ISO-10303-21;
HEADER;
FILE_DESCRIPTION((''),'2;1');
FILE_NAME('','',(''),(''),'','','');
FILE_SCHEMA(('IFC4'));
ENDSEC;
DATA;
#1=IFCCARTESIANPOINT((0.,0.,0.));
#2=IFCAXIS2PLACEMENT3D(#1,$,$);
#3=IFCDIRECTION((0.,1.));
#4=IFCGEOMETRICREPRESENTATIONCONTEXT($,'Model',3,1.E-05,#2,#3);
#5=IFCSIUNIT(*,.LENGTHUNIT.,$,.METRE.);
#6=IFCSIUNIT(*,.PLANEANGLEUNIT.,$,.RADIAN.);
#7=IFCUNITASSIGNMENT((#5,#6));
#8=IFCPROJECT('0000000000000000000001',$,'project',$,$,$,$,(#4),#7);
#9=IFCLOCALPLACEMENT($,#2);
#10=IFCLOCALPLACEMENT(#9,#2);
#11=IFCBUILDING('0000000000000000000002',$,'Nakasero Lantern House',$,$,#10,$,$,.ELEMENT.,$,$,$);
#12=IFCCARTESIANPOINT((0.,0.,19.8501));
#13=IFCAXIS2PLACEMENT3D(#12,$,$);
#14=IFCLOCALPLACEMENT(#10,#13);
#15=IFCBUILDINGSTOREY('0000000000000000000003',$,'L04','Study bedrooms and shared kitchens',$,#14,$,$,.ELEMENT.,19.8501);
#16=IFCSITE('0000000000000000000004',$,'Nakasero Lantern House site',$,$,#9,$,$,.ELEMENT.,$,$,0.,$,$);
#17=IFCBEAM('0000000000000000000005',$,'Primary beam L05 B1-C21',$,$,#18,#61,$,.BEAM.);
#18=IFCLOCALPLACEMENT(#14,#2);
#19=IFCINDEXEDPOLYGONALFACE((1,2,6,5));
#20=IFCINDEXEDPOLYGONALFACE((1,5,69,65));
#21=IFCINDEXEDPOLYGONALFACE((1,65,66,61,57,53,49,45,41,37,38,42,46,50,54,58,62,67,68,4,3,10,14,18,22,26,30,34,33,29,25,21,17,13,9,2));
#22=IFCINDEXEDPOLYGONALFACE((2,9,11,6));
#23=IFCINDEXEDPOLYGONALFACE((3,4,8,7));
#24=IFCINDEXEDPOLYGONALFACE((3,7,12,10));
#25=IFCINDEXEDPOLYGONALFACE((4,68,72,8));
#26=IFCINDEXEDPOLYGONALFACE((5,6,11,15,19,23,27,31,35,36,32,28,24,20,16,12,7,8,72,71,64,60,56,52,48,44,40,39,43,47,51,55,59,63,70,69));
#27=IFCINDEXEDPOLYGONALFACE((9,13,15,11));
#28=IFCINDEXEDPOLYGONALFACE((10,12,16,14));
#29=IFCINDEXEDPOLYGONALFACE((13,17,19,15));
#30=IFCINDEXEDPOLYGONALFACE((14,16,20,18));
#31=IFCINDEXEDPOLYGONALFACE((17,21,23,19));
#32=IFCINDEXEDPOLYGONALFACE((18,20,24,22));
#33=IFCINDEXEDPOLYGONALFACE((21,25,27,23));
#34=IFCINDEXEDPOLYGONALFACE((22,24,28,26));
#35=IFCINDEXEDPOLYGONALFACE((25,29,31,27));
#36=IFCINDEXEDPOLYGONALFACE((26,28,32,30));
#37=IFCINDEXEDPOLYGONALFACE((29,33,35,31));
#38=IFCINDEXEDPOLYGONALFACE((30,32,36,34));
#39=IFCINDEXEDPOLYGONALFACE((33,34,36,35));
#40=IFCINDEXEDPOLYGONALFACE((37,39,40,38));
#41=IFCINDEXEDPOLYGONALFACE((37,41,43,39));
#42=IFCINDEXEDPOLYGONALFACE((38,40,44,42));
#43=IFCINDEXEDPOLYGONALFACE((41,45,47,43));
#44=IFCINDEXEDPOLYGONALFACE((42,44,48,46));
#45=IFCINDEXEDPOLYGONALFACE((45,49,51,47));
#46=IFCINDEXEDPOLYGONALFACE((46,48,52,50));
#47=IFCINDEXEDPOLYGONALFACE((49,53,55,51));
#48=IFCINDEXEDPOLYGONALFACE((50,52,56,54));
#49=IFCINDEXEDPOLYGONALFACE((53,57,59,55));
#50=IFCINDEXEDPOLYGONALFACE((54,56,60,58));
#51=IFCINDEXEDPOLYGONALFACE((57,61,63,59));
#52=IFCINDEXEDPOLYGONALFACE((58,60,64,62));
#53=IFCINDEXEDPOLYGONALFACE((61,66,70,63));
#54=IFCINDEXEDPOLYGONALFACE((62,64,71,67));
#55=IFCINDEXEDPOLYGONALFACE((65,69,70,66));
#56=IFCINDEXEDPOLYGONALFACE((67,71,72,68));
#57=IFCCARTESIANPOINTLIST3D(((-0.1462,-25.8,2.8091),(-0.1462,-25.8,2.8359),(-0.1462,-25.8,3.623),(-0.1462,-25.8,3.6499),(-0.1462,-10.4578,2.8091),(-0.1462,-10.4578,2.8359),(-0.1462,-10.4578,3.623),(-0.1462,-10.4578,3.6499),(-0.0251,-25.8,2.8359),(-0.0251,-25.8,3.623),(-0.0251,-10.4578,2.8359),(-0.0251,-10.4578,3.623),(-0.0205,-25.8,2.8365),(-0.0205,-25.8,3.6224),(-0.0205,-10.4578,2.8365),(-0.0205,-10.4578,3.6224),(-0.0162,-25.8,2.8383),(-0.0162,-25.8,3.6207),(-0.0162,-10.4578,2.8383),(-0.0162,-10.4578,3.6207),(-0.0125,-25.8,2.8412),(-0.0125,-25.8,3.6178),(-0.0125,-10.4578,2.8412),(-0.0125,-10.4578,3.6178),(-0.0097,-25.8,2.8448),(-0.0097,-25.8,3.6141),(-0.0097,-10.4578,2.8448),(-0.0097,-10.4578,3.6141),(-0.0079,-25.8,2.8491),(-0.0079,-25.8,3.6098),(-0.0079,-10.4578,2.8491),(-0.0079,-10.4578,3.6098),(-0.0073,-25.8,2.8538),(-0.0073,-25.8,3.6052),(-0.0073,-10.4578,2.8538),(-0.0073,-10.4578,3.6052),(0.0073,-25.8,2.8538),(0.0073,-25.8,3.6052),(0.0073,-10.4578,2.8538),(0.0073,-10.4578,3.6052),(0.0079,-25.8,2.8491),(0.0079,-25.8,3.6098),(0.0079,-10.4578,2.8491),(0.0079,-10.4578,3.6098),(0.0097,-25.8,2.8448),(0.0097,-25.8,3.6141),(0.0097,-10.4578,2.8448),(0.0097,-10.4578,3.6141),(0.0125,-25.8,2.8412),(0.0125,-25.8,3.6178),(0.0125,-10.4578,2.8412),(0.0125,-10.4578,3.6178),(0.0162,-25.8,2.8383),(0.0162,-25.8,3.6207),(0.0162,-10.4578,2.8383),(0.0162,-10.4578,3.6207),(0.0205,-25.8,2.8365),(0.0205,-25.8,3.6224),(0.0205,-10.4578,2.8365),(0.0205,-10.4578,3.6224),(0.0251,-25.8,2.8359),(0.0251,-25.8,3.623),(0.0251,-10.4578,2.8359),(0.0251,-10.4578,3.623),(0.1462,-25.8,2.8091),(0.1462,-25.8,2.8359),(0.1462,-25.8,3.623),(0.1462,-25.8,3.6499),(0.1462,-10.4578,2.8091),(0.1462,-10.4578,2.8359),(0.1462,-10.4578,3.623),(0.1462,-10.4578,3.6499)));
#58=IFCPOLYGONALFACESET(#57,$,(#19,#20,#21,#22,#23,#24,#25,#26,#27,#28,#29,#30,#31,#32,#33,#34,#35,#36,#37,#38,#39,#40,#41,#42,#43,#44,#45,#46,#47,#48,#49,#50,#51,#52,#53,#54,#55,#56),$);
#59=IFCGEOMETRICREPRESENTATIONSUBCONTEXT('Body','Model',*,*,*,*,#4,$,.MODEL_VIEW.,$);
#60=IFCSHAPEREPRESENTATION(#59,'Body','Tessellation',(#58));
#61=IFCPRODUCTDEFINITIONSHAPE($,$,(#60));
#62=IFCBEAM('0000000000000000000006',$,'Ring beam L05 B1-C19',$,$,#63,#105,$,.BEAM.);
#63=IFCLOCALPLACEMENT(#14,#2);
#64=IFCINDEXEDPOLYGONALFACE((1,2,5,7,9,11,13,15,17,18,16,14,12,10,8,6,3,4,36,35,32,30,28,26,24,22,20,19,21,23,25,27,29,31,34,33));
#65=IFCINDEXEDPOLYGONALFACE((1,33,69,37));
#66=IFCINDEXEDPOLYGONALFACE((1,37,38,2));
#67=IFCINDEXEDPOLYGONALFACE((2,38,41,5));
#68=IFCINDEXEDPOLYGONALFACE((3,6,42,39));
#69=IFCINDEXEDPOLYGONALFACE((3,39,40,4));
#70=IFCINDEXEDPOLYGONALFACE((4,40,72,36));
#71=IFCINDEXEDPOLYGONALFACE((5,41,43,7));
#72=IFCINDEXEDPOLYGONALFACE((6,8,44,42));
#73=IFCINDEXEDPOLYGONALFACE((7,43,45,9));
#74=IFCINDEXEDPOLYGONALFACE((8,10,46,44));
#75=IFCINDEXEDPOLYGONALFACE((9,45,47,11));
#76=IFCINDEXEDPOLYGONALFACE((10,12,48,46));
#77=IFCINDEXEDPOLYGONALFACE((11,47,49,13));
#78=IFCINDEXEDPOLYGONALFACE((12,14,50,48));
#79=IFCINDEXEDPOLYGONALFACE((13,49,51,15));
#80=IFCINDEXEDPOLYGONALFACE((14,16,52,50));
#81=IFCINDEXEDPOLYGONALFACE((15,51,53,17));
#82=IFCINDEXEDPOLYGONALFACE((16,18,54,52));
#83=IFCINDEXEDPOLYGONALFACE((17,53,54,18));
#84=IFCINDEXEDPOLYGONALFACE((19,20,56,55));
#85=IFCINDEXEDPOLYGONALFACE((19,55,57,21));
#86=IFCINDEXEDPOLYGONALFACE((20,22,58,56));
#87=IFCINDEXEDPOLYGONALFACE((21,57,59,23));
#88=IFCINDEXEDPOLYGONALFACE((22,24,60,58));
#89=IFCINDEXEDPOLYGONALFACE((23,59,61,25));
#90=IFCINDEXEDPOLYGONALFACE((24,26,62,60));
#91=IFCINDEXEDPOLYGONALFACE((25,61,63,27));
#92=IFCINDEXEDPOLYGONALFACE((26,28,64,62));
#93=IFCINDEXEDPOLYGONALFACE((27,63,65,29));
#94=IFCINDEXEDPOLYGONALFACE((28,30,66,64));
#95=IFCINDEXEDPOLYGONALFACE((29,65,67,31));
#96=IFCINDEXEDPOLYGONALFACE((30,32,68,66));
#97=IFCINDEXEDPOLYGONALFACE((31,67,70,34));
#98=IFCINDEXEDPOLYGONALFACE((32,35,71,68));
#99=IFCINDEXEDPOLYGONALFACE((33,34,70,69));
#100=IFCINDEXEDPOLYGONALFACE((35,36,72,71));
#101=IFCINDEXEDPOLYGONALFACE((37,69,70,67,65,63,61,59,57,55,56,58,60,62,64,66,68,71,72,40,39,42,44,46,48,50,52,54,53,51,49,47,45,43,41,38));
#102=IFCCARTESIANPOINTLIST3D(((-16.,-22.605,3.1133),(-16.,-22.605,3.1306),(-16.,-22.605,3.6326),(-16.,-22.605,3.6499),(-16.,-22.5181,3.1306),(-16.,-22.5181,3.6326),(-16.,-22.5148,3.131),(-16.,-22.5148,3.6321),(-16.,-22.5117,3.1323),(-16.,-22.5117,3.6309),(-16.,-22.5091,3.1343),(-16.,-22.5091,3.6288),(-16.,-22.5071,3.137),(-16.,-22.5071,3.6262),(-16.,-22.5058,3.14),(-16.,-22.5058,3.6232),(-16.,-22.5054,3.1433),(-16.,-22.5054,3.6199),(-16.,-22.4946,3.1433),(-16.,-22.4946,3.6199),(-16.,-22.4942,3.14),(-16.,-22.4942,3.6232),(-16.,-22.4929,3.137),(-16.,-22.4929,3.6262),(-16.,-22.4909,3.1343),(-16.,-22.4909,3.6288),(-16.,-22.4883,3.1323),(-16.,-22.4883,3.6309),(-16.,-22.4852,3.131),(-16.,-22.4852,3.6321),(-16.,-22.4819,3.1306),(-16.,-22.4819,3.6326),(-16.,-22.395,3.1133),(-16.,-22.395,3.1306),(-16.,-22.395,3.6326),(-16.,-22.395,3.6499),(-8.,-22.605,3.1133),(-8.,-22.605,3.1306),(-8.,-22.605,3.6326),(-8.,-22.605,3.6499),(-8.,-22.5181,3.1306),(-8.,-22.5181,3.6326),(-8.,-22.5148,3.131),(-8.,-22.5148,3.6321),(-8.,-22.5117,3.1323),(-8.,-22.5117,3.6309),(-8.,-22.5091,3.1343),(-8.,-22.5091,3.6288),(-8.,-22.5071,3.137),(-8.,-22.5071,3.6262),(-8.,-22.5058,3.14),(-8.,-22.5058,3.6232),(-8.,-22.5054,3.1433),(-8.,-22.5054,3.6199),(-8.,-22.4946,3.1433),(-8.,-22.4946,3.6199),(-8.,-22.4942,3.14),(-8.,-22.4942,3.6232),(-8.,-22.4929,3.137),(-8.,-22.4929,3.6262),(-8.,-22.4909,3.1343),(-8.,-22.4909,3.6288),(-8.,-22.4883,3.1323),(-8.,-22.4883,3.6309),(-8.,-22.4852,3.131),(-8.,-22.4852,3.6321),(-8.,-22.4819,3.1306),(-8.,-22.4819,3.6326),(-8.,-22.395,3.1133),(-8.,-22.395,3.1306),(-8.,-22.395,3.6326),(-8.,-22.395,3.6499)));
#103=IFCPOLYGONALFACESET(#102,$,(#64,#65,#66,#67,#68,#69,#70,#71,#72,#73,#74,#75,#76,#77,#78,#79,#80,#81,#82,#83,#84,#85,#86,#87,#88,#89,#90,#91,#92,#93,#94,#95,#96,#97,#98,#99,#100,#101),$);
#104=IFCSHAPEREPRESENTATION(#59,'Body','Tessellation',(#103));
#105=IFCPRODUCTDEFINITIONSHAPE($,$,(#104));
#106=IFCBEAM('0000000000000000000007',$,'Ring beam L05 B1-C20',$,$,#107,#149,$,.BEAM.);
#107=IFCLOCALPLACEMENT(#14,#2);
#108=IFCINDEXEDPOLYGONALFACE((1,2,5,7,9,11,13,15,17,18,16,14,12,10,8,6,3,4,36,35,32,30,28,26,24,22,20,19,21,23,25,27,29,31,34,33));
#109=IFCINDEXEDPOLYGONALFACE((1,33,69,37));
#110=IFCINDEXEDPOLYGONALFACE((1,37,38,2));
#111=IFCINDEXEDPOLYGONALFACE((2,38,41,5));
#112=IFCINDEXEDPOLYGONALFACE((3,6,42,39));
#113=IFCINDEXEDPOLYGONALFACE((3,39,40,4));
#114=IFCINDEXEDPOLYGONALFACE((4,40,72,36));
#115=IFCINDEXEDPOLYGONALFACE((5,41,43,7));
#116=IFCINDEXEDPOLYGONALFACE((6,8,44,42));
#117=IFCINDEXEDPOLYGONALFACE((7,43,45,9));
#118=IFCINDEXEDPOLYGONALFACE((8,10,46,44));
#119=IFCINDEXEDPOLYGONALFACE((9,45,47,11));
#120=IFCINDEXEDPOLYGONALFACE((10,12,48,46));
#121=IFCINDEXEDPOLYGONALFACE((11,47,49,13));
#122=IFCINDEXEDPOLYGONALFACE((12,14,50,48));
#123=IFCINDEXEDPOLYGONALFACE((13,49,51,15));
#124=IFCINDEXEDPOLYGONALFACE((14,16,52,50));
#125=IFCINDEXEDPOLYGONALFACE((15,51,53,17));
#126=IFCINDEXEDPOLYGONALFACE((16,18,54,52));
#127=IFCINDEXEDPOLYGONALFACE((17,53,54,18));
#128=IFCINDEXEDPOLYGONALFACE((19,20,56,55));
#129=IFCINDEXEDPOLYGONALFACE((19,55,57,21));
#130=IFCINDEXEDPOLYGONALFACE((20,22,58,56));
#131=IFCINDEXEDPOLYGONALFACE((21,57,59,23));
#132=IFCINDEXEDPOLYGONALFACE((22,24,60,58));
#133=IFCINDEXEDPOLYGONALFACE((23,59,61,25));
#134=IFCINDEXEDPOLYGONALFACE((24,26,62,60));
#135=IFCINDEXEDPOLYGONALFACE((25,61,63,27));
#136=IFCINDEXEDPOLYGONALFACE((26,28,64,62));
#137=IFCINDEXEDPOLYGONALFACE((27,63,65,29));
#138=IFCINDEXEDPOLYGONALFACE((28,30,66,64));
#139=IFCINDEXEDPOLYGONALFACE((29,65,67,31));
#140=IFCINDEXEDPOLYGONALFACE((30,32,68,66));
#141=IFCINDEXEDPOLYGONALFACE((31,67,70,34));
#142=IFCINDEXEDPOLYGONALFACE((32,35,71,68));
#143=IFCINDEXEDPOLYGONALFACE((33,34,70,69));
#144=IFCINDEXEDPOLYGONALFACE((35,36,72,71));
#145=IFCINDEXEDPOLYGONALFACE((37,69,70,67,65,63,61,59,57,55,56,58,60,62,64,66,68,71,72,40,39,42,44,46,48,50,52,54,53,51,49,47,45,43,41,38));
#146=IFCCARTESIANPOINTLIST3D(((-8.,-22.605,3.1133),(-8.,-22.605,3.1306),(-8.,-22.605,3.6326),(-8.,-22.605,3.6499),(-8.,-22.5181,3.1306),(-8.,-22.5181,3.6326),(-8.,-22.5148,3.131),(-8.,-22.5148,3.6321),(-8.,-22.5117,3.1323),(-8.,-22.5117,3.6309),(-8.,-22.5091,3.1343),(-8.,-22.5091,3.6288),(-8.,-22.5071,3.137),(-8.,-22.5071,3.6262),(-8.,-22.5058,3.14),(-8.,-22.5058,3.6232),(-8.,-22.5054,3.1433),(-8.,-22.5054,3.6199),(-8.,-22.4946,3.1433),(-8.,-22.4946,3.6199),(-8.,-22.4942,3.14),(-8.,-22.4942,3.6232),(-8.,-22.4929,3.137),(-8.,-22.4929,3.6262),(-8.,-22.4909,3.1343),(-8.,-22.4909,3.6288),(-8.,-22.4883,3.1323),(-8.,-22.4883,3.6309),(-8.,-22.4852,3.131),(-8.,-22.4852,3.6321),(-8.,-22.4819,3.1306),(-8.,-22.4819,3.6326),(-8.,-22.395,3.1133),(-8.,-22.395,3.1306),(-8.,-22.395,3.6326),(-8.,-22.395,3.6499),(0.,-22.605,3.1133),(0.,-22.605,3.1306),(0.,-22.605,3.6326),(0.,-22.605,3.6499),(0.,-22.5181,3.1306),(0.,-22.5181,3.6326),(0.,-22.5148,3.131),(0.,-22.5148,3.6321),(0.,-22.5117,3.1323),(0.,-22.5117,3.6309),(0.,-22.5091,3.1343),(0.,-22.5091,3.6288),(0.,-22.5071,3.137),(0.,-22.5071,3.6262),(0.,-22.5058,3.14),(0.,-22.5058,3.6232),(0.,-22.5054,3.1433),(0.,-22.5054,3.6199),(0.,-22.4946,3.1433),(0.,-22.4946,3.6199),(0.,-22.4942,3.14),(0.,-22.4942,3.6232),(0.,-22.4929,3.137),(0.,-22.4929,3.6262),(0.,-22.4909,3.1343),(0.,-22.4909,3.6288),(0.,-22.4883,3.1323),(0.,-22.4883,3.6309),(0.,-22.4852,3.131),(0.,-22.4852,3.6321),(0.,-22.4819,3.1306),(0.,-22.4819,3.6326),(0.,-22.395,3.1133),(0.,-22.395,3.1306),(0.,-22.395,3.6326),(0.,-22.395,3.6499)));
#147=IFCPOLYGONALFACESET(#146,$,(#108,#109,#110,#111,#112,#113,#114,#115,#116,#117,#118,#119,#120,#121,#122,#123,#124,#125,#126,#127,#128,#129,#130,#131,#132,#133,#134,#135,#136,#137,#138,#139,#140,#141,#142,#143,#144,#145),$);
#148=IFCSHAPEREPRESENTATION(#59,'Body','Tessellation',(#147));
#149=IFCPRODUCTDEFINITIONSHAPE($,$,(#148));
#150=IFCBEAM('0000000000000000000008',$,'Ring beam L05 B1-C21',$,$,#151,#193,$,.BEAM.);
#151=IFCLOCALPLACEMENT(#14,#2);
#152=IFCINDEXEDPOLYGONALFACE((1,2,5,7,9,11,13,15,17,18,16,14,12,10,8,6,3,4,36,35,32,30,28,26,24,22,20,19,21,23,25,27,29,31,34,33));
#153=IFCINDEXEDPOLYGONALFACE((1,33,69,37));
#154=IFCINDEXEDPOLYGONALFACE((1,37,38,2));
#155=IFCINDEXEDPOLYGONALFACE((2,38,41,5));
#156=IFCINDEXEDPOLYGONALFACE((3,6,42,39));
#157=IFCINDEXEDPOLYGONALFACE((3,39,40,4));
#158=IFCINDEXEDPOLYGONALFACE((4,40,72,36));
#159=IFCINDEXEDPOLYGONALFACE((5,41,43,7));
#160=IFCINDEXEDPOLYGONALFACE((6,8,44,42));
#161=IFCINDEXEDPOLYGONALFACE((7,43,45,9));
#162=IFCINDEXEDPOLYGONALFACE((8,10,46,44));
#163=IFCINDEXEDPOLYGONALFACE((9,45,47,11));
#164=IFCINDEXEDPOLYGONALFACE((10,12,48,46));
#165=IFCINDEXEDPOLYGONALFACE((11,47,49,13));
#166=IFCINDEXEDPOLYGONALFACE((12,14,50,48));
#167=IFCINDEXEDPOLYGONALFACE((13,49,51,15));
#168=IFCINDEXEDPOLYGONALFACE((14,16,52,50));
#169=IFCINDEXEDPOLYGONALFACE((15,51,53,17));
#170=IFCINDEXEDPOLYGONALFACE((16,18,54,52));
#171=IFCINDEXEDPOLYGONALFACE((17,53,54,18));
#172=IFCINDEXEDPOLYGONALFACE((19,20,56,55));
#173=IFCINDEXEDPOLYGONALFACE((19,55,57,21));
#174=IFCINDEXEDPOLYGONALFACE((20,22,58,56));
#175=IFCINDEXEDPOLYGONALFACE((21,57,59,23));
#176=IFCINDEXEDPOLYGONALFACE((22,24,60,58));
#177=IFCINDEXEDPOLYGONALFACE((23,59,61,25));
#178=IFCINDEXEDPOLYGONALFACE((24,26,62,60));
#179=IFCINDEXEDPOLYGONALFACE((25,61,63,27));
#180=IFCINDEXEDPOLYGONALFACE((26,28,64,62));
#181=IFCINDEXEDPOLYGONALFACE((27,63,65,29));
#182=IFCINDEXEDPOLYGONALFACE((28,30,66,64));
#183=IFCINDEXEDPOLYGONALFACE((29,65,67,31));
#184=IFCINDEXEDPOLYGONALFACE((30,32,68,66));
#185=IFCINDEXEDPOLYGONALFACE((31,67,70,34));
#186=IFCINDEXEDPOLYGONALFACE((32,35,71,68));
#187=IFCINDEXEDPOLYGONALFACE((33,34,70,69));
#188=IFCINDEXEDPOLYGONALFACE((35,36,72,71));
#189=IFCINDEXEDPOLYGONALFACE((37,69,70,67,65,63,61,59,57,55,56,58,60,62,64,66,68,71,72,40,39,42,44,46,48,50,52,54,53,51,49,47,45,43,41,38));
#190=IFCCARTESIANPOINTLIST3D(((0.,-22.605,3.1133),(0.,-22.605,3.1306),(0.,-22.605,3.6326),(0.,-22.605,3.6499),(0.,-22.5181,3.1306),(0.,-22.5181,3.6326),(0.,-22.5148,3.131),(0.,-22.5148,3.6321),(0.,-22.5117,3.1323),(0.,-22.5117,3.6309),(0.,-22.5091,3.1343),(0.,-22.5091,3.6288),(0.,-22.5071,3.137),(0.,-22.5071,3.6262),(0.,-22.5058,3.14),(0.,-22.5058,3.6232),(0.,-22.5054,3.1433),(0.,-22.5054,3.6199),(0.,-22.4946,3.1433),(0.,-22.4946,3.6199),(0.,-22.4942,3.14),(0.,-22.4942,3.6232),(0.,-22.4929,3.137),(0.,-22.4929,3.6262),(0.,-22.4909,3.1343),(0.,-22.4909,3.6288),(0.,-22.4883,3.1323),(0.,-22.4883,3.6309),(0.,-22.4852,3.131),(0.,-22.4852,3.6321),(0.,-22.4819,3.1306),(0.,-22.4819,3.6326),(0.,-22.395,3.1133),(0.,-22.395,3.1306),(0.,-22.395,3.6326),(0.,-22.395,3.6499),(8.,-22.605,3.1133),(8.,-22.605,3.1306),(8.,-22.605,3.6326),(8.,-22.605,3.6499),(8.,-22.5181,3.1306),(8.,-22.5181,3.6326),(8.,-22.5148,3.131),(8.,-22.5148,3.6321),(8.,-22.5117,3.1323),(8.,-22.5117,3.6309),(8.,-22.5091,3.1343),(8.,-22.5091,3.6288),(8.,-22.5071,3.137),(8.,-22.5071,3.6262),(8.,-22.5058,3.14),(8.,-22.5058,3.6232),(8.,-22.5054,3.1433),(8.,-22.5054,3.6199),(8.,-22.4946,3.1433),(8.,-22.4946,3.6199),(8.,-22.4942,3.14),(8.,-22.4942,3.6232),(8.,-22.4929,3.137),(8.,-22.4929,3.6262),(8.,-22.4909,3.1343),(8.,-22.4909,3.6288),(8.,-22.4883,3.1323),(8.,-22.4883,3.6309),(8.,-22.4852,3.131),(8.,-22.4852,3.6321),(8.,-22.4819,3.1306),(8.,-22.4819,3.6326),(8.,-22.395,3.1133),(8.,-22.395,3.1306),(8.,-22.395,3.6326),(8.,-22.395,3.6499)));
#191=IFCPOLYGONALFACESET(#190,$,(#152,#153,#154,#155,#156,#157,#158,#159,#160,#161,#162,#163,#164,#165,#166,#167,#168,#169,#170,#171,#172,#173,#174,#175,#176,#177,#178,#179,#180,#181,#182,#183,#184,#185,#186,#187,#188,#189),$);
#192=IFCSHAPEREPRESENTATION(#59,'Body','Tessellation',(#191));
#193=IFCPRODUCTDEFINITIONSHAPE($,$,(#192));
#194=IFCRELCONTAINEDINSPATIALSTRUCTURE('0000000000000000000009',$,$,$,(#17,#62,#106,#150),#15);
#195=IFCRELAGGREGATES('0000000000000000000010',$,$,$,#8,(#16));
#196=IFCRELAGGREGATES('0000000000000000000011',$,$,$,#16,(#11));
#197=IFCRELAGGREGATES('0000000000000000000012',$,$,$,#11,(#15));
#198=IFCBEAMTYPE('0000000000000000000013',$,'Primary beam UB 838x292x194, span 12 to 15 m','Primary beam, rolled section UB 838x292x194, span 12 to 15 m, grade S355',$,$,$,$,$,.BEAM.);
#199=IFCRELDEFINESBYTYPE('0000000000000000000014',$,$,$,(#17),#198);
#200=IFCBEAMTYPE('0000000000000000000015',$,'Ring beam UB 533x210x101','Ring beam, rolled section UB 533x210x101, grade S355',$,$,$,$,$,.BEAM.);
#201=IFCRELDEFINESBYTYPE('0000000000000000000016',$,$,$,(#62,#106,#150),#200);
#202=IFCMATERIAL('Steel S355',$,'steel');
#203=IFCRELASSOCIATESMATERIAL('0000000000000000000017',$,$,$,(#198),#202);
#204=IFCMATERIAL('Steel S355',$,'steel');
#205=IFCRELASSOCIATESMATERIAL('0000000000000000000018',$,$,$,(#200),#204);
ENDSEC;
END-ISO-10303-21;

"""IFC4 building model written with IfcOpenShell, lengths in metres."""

from ifc_helpers import new_model, si_unit, direction, frame, origin, origin_2d, place, context, subcontext, project, spatial, i_section, extrude, material, material_profile, profile_set, type_object, element, save


model = new_model("IFC4")

# Units and contexts
model_context = context("Model", 3, precision=1e-05, world=origin(), true_north=direction((0.0, 1.0)))
body_context = subcontext(model_context, "Body", "Model", "MODEL_VIEW")
ifc_project = project(units=[si_unit("LENGTHUNIT", "METRE"), si_unit("PLANEANGLEUNIT", "RADIAN")], contexts=[model_context])

# Site, building, storey
site_placement = place(None, origin())
site = spatial("IfcSite", under=ifc_project, at=site_placement, Name="Nakasero Lantern House site", CompositionType="ELEMENT", RefElevation=0.0)
building_placement = place(site_placement, origin())
building = spatial("IfcBuilding", under=site, at=building_placement, Name="Nakasero Lantern House", CompositionType="ELEMENT")
storey_placement = place(building_placement, frame((0.0, 0.0, 19.8501)))
storey = spatial("IfcBuildingStorey", under=building, at=storey_placement, Name="L04", Description="Study bedrooms and shared kitchens", CompositionType="ELEMENT", Elevation=19.8501)

# Beams
ifc_material_1 = material(Name="Steel S355", Category="steel")
ifc_material_profile_1 = material_profile(ifc_material_1, i_section(OverallWidth=0.2925, OverallDepth=0.8408, WebThickness=0.0146, FlangeThickness=0.0269, FilletRadius=0.0178, at=origin_2d()), Name="UB 838x292x194")
ifc_profile_set_1 = profile_set([ifc_material_profile_1], Name="Steel S355")
beam_type_1 = type_object("IfcBeamType", Name="Primary beam UB 838x292x194, span 12 to 15 m", Description="Primary beam, rolled section UB 838x292x194, span 12 to 15 m, grade S355", PredefinedType="BEAM", material=ifc_profile_set_1)
beam_1_placement = place(storey_placement, frame((0.0, -25.8, 3.2295), z_axis=(0.0, 1.0, 0.0), x_axis=(-1.0, 0.0, 0.0)))
element("IfcBeam", 1, at=beam_1_placement, inside=storey, type_object=beam_type_1, Name="Primary beam L05 B1-C21", PredefinedType="BEAM", context=body_context, shape_type="SweptSolid", body=[
    extrude(i_section(OverallWidth=0.2925, OverallDepth=0.8408, WebThickness=0.0146, FlangeThickness=0.0269, FilletRadius=0.0178, at=origin_2d()), origin(), (0.0, 0.0, 1.0), 15.3423),
])
ifc_material_2 = material(Name="Steel S355", Category="steel")
ifc_material_profile_2 = material_profile(ifc_material_2, i_section(OverallWidth=0.21, OverallDepth=0.5366, WebThickness=0.0107, FlangeThickness=0.0173, FilletRadius=0.0127, at=origin_2d()), Name="UB 533x210x101")
ifc_profile_set_2 = profile_set([ifc_material_profile_2], Name="Steel S355")
beam_type_2 = type_object("IfcBeamType", Name="Ring beam UB 533x210x101", Description="Ring beam, rolled section UB 533x210x101, grade S355", PredefinedType="BEAM", material=ifc_profile_set_2)
for number, where, z_axis, x_axis, name in (
    (2, (-16.0, -22.5, 3.3816), (1.0, 0.0, 0.0), (0.0, 1.0, 0.0), "Ring beam L05 B1-C19"),
    (3, (-8.0, -22.5, 3.3816), (1.0, 0.0, 0.0), (0.0, 1.0, 0.0), "Ring beam L05 B1-C20"),
    (4, (0.0, -22.5, 3.3816), (1.0, 0.0, 0.0), (0.0, 1.0, 0.0), "Ring beam L05 B1-C21"),
):
    element("IfcBeam", number, at=place(storey_placement, frame(where, z_axis=z_axis, x_axis=x_axis)), inside=storey, type_object=beam_type_2, Name=name, PredefinedType="BEAM", context=body_context, shape_type="SweptSolid", body=[
        extrude(i_section(OverallWidth=0.21, OverallDepth=0.5366, WebThickness=0.0107, FlangeThickness=0.0173, FilletRadius=0.0127, at=origin_2d()), origin(), (0.0, 0.0, 1.0), 8.0),
    ])

save(model, "model.ifc")
